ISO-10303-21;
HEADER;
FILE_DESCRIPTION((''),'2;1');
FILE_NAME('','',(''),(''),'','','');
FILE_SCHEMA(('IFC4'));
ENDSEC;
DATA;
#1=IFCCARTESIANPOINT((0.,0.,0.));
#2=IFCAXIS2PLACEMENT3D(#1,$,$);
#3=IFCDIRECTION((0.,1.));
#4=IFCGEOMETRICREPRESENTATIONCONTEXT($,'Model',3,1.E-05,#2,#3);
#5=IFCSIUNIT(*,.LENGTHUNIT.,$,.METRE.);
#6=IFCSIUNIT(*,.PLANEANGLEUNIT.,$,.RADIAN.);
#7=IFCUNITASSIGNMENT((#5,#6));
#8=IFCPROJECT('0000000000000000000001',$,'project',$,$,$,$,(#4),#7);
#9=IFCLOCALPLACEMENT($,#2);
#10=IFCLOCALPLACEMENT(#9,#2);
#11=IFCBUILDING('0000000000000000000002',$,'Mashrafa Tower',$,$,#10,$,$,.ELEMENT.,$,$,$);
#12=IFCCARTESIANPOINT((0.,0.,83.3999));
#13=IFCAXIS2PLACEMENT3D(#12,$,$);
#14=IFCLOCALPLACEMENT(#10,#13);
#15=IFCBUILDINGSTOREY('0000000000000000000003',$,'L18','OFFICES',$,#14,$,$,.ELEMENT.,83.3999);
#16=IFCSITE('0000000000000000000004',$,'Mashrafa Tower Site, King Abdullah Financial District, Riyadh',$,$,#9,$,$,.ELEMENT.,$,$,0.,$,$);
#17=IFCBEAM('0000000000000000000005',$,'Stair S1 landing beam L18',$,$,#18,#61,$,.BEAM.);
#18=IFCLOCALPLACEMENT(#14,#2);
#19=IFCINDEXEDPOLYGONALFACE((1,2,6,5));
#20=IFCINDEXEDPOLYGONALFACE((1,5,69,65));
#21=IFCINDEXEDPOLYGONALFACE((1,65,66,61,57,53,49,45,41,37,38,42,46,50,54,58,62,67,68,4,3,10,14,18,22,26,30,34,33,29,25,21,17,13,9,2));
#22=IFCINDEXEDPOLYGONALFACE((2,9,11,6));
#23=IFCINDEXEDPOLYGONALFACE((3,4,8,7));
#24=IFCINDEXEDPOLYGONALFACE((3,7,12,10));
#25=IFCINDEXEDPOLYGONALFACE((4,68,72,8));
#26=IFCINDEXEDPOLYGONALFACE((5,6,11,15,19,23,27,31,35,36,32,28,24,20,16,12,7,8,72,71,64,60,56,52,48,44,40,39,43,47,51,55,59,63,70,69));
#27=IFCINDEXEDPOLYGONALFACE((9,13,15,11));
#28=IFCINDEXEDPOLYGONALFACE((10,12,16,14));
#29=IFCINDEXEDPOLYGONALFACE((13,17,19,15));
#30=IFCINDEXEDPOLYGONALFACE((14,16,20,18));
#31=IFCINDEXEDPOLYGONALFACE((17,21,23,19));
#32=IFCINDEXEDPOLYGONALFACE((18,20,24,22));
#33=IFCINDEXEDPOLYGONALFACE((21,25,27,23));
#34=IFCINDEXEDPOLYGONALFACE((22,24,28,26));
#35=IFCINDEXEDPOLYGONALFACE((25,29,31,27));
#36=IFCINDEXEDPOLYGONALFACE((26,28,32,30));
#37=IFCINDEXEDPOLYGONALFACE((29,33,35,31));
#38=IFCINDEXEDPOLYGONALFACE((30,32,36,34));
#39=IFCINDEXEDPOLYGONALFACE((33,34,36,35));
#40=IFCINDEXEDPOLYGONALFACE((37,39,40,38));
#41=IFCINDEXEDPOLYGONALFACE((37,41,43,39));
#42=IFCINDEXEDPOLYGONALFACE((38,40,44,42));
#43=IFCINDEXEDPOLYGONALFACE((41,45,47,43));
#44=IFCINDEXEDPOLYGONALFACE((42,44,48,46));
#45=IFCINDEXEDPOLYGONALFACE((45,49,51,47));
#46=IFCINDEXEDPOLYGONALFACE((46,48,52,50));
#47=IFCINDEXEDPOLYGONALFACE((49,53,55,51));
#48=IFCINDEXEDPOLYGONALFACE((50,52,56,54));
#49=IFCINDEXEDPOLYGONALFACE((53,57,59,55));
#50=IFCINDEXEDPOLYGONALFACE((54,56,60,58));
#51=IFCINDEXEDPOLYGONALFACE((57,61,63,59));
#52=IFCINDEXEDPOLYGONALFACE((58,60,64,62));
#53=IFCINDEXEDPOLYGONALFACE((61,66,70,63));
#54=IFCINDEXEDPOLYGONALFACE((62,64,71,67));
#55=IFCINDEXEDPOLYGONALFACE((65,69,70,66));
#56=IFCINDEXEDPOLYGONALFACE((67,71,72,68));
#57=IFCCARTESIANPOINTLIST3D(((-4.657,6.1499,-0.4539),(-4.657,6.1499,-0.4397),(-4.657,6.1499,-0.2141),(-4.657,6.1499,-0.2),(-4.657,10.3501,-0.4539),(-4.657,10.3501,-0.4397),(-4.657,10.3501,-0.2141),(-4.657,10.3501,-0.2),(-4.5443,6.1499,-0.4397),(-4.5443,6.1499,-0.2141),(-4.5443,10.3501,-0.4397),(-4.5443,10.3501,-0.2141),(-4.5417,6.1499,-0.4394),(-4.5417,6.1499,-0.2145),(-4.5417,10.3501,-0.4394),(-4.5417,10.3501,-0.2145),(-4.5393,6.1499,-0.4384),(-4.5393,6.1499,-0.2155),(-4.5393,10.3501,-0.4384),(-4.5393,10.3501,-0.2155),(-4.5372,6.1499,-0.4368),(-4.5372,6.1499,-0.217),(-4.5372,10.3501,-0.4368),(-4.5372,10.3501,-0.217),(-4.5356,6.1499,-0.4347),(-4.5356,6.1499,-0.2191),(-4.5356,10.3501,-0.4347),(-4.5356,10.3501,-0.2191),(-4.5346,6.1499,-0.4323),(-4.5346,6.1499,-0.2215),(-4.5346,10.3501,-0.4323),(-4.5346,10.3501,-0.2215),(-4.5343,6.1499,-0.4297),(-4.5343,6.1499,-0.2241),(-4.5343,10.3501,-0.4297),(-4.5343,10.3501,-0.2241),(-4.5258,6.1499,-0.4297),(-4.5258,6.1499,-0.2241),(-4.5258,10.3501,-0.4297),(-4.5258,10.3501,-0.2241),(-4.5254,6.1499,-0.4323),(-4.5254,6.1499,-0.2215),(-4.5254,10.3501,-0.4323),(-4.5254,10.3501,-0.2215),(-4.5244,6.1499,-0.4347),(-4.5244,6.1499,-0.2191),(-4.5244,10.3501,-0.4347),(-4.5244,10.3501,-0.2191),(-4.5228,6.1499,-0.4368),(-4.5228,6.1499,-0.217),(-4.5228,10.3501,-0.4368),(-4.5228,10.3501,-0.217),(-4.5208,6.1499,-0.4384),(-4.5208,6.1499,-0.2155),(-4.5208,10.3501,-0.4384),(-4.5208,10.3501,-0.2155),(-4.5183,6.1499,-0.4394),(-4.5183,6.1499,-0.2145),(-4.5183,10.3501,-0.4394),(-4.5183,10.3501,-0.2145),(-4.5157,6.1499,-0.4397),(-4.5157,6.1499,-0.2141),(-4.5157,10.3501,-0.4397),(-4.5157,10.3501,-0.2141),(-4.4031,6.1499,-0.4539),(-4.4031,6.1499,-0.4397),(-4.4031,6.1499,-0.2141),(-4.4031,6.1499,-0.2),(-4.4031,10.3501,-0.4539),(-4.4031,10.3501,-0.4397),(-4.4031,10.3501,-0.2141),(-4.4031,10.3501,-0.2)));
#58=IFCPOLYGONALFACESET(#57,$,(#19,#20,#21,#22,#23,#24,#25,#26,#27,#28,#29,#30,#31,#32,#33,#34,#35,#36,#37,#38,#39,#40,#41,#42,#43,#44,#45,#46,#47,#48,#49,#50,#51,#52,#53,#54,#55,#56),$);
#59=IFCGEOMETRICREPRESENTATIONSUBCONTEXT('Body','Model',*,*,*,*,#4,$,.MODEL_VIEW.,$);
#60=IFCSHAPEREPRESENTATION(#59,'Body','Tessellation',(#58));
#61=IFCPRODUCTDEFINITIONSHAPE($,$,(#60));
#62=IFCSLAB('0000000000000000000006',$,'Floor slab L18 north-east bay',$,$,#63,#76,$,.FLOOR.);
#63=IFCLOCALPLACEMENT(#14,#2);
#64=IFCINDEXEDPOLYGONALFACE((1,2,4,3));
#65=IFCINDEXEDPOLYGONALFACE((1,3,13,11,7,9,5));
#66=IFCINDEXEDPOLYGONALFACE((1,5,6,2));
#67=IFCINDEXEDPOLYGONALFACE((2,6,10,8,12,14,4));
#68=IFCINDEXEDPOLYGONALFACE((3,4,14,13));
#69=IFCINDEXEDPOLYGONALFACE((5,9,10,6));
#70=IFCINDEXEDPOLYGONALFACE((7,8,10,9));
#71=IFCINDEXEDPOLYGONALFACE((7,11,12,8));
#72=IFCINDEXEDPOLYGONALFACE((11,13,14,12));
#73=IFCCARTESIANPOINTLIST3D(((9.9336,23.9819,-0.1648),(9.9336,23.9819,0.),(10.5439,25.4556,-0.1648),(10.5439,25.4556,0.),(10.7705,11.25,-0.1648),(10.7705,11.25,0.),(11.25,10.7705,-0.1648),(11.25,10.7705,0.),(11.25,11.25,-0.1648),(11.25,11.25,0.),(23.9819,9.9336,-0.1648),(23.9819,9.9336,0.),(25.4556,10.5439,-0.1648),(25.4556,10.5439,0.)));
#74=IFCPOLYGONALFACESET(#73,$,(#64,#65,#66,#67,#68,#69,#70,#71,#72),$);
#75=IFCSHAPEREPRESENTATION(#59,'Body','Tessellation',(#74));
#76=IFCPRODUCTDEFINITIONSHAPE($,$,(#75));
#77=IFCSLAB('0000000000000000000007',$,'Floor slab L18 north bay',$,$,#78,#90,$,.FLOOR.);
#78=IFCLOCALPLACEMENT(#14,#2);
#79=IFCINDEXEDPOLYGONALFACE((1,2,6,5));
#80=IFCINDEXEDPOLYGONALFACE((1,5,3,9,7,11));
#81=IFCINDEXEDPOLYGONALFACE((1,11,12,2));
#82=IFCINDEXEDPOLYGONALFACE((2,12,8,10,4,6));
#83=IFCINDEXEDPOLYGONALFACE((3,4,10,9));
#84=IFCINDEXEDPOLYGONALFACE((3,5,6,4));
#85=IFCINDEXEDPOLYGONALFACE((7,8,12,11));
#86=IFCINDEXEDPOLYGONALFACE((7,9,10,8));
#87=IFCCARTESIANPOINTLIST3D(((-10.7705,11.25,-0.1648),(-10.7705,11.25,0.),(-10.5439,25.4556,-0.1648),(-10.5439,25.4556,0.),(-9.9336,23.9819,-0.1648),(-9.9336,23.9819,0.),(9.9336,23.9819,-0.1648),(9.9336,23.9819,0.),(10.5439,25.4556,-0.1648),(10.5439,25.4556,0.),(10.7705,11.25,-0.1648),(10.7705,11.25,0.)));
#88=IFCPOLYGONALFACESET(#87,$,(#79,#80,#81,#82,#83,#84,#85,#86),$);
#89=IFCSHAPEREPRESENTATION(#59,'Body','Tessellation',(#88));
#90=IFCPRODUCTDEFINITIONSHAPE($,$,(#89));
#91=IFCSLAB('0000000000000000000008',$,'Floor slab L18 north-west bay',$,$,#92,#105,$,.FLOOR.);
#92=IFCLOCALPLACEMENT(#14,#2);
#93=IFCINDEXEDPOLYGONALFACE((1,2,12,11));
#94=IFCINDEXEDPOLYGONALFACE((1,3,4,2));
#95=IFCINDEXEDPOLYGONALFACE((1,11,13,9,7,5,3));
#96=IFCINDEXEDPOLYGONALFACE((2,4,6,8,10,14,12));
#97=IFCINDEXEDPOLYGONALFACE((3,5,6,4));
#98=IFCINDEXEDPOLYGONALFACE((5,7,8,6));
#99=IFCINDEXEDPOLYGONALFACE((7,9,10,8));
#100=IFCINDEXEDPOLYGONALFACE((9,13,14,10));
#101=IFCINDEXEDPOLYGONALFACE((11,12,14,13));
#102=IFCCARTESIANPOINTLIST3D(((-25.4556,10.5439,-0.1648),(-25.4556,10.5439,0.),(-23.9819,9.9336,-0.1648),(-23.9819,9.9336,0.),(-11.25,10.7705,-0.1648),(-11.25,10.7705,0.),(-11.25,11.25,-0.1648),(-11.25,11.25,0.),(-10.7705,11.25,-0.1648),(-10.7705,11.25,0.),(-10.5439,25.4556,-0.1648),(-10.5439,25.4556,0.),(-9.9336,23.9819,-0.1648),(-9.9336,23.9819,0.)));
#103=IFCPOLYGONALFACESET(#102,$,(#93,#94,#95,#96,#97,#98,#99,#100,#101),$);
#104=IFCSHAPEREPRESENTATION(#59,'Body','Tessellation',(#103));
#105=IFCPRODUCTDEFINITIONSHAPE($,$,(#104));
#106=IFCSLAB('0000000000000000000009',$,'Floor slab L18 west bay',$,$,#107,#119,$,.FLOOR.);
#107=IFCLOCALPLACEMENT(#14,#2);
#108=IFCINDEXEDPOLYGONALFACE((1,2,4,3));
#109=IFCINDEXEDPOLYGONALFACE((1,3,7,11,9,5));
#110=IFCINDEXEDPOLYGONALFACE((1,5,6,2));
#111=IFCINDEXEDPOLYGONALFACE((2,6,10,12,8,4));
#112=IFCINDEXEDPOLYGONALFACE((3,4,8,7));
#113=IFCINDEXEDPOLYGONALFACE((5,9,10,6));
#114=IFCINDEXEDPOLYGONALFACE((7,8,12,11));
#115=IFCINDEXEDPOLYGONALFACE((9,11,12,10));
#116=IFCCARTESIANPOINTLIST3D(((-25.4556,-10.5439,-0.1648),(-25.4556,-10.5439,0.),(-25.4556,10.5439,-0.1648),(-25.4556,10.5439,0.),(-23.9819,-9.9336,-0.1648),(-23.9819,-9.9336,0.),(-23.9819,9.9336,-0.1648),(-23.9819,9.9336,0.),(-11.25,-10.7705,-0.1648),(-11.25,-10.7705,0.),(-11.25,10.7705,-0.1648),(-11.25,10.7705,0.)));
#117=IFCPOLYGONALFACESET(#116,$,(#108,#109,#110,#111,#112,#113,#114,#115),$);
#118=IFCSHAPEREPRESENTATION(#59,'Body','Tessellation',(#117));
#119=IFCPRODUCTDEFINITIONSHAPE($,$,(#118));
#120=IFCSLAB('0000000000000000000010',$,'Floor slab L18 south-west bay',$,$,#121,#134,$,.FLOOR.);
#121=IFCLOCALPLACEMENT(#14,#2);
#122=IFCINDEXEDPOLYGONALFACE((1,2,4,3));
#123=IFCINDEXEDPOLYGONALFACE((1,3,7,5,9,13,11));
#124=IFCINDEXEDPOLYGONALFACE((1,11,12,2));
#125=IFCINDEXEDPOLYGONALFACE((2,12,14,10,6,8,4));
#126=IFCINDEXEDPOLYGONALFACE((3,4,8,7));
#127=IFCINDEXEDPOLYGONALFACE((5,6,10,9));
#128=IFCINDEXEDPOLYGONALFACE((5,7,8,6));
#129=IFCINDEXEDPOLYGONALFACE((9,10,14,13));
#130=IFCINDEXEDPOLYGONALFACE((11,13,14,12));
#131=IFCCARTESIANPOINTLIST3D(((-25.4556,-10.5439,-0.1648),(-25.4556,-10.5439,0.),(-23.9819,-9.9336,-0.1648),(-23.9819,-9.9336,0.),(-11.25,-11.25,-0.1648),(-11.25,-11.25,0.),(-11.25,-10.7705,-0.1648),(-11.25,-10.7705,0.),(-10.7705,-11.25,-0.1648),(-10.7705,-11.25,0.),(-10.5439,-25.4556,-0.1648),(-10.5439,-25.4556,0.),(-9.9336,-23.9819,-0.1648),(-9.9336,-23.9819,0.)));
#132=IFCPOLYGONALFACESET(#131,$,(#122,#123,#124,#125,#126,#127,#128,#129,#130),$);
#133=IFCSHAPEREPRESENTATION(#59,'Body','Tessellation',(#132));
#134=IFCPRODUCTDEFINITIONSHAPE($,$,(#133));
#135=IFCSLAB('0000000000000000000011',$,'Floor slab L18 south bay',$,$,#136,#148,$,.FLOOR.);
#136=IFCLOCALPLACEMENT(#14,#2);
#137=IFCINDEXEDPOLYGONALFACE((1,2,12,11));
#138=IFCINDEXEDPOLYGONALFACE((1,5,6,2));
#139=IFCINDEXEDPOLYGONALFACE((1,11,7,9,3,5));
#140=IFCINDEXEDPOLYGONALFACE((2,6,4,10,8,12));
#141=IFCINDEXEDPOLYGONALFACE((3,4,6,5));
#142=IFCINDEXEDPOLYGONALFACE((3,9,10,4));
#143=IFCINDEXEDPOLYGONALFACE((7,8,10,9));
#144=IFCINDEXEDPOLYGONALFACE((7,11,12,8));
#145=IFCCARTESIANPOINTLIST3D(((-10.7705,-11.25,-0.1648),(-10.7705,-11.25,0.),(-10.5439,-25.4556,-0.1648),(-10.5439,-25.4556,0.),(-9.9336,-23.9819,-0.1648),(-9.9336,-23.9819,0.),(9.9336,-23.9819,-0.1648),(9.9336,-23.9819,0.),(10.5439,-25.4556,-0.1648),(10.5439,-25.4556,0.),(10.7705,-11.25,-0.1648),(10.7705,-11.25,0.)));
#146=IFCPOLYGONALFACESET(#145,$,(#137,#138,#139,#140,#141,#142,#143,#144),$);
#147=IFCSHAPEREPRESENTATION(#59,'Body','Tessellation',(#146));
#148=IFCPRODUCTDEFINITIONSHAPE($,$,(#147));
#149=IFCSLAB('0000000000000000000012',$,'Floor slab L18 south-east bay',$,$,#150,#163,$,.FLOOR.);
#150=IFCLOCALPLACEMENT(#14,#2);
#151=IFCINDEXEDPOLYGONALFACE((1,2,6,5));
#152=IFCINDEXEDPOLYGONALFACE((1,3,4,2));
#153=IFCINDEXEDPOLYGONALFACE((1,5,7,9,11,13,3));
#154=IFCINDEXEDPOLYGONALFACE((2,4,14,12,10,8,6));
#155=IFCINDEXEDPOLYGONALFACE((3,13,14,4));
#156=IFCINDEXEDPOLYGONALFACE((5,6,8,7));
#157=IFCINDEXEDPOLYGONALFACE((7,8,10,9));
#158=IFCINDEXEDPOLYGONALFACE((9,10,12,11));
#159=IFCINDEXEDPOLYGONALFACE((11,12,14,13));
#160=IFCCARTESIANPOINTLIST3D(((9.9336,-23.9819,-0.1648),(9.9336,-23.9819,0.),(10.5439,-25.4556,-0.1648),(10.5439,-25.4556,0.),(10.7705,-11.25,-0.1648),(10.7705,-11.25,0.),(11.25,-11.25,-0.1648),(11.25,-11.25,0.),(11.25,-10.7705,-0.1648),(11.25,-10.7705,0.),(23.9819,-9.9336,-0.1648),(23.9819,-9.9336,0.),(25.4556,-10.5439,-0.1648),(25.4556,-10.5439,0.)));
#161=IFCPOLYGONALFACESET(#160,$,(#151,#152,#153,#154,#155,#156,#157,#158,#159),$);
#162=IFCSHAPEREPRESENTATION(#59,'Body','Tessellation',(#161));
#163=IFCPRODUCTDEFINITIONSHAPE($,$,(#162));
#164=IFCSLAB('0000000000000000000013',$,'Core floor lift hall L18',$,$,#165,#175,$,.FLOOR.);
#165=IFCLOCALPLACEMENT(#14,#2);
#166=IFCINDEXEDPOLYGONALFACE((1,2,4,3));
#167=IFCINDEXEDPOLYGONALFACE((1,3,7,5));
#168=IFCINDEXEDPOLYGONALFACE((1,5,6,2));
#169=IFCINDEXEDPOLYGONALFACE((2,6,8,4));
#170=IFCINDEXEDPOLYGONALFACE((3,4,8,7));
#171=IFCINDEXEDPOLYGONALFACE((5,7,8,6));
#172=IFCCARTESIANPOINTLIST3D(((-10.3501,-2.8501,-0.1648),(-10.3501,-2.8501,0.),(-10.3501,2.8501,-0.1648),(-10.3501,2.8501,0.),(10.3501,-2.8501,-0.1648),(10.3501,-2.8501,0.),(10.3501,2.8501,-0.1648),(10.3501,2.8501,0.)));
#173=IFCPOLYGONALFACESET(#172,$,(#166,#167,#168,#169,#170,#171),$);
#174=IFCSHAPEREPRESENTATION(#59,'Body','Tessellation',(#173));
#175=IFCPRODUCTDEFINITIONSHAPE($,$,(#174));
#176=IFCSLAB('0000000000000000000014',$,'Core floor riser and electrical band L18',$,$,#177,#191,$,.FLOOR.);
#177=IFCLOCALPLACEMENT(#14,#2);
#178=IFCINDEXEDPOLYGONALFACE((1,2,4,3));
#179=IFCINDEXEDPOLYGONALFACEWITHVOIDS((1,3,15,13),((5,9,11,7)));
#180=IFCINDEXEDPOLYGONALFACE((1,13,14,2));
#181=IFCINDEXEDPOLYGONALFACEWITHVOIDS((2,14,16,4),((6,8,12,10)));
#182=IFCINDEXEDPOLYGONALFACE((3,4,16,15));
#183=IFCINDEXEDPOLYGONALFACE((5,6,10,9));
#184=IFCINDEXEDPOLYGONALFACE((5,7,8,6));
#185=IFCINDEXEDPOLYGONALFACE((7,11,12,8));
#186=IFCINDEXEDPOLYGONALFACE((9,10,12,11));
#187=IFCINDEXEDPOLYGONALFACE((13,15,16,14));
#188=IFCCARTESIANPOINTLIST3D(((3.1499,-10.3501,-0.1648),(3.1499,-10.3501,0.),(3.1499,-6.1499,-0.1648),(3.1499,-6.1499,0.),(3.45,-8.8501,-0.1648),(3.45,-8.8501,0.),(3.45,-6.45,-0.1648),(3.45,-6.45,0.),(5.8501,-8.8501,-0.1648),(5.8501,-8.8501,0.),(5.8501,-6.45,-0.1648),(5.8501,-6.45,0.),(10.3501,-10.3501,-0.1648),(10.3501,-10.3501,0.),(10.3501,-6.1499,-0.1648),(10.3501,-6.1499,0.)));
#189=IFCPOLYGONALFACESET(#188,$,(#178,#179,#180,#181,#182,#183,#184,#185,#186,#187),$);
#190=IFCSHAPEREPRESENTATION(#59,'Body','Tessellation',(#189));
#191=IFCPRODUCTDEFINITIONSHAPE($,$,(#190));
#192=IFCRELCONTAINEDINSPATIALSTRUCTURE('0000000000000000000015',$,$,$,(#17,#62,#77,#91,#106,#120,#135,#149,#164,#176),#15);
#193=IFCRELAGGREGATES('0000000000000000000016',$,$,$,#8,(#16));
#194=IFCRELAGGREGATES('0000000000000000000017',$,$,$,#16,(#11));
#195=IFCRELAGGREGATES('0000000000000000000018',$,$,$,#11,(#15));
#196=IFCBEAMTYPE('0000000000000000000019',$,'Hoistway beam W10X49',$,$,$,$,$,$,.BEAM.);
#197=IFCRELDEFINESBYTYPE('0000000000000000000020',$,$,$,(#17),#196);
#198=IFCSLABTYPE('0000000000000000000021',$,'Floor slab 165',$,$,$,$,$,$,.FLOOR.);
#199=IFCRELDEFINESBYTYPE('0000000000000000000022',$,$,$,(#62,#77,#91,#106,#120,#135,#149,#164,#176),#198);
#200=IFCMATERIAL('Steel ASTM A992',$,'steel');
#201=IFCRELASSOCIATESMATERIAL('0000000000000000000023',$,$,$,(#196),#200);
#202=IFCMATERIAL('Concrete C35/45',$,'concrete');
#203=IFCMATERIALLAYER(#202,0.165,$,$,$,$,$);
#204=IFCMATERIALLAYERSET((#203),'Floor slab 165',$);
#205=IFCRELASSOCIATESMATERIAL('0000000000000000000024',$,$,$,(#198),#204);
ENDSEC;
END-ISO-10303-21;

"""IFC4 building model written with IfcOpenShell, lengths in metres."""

from ifc_helpers import new_model, si_unit, direction, frame, origin, origin_2d, place, context, subcontext, project, spatial, polyline, i_section, outline, extrude, material, layer, layer_set, material_profile, profile_set, type_object, element, save


model = new_model("IFC4")

# Units and contexts
model_context = context("Model", 3, precision=1e-05, world=origin(), true_north=direction((0.0, 1.0)))
body_context = subcontext(model_context, "Body", "Model", "MODEL_VIEW")
ifc_project = project(units=[si_unit("LENGTHUNIT", "METRE"), si_unit("PLANEANGLEUNIT", "RADIAN")], contexts=[model_context])

# Site, building, storey
site_placement = place(None, origin())
site = spatial("IfcSite", under=ifc_project, at=site_placement, Name="Mashrafa Tower Site, King Abdullah Financial District, Riyadh", CompositionType="ELEMENT", RefElevation=0.0)
building_placement = place(site_placement, origin())
building = spatial("IfcBuilding", under=site, at=building_placement, Name="Mashrafa Tower", CompositionType="ELEMENT")
storey_placement = place(building_placement, frame((0.0, 0.0, 83.3999)))
storey = spatial("IfcBuildingStorey", under=building, at=storey_placement, Name="L18", Description="OFFICES", CompositionType="ELEMENT", Elevation=83.3999)

# Beam
ifc_material_1 = material(Name="Steel ASTM A992", Category="steel")
ifc_material_profile = material_profile(ifc_material_1, i_section(OverallWidth=0.2539, OverallDepth=0.2539, WebThickness=0.0085, FlangeThickness=0.0142, FilletRadius=0.01, at=origin_2d()), Name="W10X49")
ifc_profile_set = profile_set([ifc_material_profile], Name="Steel ASTM A992")
beam_type = type_object("IfcBeamType", Name="Hoistway beam W10X49", PredefinedType="BEAM", material=ifc_profile_set)
beam_placement = place(storey_placement, frame((-4.53, 6.1499, -0.3269), z_axis=(0.0, 1.0, 0.0), x_axis=(-1.0, 0.0, 0.0)))
element("IfcBeam", 1, at=beam_placement, inside=storey, type_object=beam_type, Name="Stair S1 landing beam L18", PredefinedType="BEAM", context=body_context, shape_type="SweptSolid", body=[
    extrude(i_section(OverallWidth=0.2539, OverallDepth=0.2539, WebThickness=0.0085, FlangeThickness=0.0142, FilletRadius=0.01, at=origin_2d()), origin(), (0.0, 0.0, 1.0), 4.2002),
])

# Slabs
ifc_material_2 = material(Name="Concrete C35/45", Category="concrete")
ifc_layer_1 = layer(ifc_material_2, 0.165)
ifc_layer_set_1 = layer_set([ifc_layer_1], Name="Floor slab 165")
slab_type = type_object("IfcSlabType", Name="Floor slab 165", PredefinedType="FLOOR", material=ifc_layer_set_1)
slab_1_placement = place(storey_placement, frame((0.0, 0.0, -0.1648)))
element("IfcSlab", 2, at=slab_1_placement, inside=storey, type_object=slab_type, Name="Floor slab L18 north-east bay", PredefinedType="FLOOR", context=body_context, shape_type="SweptSolid", body=[
    extrude(outline(polyline([(10.5439, 25.4556), (25.4556, 10.5439), (25.4556, 10.5439), (23.9819, 9.9336), (11.25, 10.7705), (11.25, 11.25), (10.7705, 11.25), (9.9336, 23.9819), (10.5439, 25.4556), (10.5439, 25.4556)])), origin(), (0.0, 0.0, 1.0), 0.1648),
])
slab_2_placement = place(storey_placement, frame((0.0, 0.0, -0.1648)))
element("IfcSlab", 3, at=slab_2_placement, inside=storey, type_object=slab_type, Name="Floor slab L18 north bay", PredefinedType="FLOOR", context=body_context, shape_type="SweptSolid", body=[
    extrude(outline(polyline([(10.5439, 25.4556), (9.9336, 23.9819), (10.7705, 11.25), (-10.7705, 11.25), (-9.9336, 23.9819), (-10.5439, 25.4556), (10.5439, 25.4556)])), origin(), (0.0, 0.0, 1.0), 0.1648),
])
slab_3_placement = place(storey_placement, frame((0.0, 0.0, -0.1648)))
element("IfcSlab", 4, at=slab_3_placement, inside=storey, type_object=slab_type, Name="Floor slab L18 north-west bay", PredefinedType="FLOOR", context=body_context, shape_type="SweptSolid", body=[
    extrude(outline(polyline([(-25.4556, 10.5439), (-10.5439, 25.4556), (-10.5439, 25.4556), (-9.9336, 23.9819), (-10.7705, 11.25), (-11.25, 11.25), (-11.25, 10.7705), (-23.9819, 9.9336), (-25.4556, 10.5439), (-25.4556, 10.5439)])), origin(), (0.0, 0.0, 1.0), 0.1648),
])
slab_4_placement = place(storey_placement, frame((0.0, 0.0, -0.1648)))
element("IfcSlab", 5, at=slab_4_placement, inside=storey, type_object=slab_type, Name="Floor slab L18 west bay", PredefinedType="FLOOR", context=body_context, shape_type="SweptSolid", body=[
    extrude(outline(polyline([(-25.4556, 10.5439), (-23.9819, 9.9336), (-11.25, 10.7705), (-11.25, -10.7705), (-23.9819, -9.9336), (-25.4556, -10.5439), (-25.4556, 10.5439)])), origin(), (0.0, 0.0, 1.0), 0.1648),
])
slab_5_placement = place(storey_placement, frame((0.0, 0.0, -0.1648)))
element("IfcSlab", 6, at=slab_5_placement, inside=storey, type_object=slab_type, Name="Floor slab L18 south-west bay", PredefinedType="FLOOR", context=body_context, shape_type="SweptSolid", body=[
    extrude(outline(polyline([(-10.5439, -25.4556), (-25.4556, -10.5439), (-25.4556, -10.5439), (-23.9819, -9.9336), (-11.25, -10.7705), (-11.25, -11.25), (-10.7705, -11.25), (-9.9336, -23.9819), (-10.5439, -25.4556), (-10.5439, -25.4556)])), origin(), (0.0, 0.0, 1.0), 0.1648),
])
slab_6_placement = place(storey_placement, frame((0.0, 0.0, -0.1648)))
element("IfcSlab", 7, at=slab_6_placement, inside=storey, type_object=slab_type, Name="Floor slab L18 south bay", PredefinedType="FLOOR", context=body_context, shape_type="SweptSolid", body=[
    extrude(outline(polyline([(-10.5439, -25.4556), (-9.9336, -23.9819), (-10.7705, -11.25), (10.7705, -11.25), (9.9336, -23.9819), (10.5439, -25.4556), (-10.5439, -25.4556)])), origin(), (0.0, 0.0, 1.0), 0.1648),
])
slab_7_placement = place(storey_placement, frame((0.0, 0.0, -0.1648)))
element("IfcSlab", 8, at=slab_7_placement, inside=storey, type_object=slab_type, Name="Floor slab L18 south-east bay", PredefinedType="FLOOR", context=body_context, shape_type="SweptSolid", body=[
    extrude(outline(polyline([(10.5439, -25.4556), (9.9336, -23.9819), (10.7705, -11.25), (11.25, -11.25), (11.25, -10.7705), (23.9819, -9.9336), (25.4556, -10.5439), (25.4556, -10.5439), (10.5439, -25.4556), (10.5439, -25.4556)])), origin(), (0.0, 0.0, 1.0), 0.1648),
])
slab_8_placement = place(storey_placement, frame((0.0, 0.0, -0.1648)))
element("IfcSlab", 9, at=slab_8_placement, inside=storey, type_object=slab_type, Name="Core floor lift hall L18", PredefinedType="FLOOR", context=body_context, shape_type="SweptSolid", body=[
    extrude(outline(polyline([(-10.3501, 2.8501), (10.3501, 2.8501), (10.3501, -2.8501), (-10.3501, -2.8501), (-10.3501, 2.8501)])), origin(), (0.0, 0.0, 1.0), 0.1648),
])
slab_9_placement = place(storey_placement, frame((0.0, 0.0, -0.1648)))
element("IfcSlab", 10, at=slab_9_placement, inside=storey, type_object=slab_type, Name="Core floor riser and electrical band L18", PredefinedType="FLOOR", context=body_context, shape_type="SweptSolid", body=[
    extrude(outline(polyline([(10.3501, -6.1499), (10.3501, -10.3501), (3.1499, -10.3501), (3.1499, -6.1499), (10.3501, -6.1499)]), holes=[polyline([(3.45, -8.8501), (5.8501, -8.8501), (5.8501, -6.45), (3.45, -6.45), (3.45, -8.8501)])]), origin(), (0.0, 0.0, 1.0), 0.1648),
])

save(model, "model.ifc")
